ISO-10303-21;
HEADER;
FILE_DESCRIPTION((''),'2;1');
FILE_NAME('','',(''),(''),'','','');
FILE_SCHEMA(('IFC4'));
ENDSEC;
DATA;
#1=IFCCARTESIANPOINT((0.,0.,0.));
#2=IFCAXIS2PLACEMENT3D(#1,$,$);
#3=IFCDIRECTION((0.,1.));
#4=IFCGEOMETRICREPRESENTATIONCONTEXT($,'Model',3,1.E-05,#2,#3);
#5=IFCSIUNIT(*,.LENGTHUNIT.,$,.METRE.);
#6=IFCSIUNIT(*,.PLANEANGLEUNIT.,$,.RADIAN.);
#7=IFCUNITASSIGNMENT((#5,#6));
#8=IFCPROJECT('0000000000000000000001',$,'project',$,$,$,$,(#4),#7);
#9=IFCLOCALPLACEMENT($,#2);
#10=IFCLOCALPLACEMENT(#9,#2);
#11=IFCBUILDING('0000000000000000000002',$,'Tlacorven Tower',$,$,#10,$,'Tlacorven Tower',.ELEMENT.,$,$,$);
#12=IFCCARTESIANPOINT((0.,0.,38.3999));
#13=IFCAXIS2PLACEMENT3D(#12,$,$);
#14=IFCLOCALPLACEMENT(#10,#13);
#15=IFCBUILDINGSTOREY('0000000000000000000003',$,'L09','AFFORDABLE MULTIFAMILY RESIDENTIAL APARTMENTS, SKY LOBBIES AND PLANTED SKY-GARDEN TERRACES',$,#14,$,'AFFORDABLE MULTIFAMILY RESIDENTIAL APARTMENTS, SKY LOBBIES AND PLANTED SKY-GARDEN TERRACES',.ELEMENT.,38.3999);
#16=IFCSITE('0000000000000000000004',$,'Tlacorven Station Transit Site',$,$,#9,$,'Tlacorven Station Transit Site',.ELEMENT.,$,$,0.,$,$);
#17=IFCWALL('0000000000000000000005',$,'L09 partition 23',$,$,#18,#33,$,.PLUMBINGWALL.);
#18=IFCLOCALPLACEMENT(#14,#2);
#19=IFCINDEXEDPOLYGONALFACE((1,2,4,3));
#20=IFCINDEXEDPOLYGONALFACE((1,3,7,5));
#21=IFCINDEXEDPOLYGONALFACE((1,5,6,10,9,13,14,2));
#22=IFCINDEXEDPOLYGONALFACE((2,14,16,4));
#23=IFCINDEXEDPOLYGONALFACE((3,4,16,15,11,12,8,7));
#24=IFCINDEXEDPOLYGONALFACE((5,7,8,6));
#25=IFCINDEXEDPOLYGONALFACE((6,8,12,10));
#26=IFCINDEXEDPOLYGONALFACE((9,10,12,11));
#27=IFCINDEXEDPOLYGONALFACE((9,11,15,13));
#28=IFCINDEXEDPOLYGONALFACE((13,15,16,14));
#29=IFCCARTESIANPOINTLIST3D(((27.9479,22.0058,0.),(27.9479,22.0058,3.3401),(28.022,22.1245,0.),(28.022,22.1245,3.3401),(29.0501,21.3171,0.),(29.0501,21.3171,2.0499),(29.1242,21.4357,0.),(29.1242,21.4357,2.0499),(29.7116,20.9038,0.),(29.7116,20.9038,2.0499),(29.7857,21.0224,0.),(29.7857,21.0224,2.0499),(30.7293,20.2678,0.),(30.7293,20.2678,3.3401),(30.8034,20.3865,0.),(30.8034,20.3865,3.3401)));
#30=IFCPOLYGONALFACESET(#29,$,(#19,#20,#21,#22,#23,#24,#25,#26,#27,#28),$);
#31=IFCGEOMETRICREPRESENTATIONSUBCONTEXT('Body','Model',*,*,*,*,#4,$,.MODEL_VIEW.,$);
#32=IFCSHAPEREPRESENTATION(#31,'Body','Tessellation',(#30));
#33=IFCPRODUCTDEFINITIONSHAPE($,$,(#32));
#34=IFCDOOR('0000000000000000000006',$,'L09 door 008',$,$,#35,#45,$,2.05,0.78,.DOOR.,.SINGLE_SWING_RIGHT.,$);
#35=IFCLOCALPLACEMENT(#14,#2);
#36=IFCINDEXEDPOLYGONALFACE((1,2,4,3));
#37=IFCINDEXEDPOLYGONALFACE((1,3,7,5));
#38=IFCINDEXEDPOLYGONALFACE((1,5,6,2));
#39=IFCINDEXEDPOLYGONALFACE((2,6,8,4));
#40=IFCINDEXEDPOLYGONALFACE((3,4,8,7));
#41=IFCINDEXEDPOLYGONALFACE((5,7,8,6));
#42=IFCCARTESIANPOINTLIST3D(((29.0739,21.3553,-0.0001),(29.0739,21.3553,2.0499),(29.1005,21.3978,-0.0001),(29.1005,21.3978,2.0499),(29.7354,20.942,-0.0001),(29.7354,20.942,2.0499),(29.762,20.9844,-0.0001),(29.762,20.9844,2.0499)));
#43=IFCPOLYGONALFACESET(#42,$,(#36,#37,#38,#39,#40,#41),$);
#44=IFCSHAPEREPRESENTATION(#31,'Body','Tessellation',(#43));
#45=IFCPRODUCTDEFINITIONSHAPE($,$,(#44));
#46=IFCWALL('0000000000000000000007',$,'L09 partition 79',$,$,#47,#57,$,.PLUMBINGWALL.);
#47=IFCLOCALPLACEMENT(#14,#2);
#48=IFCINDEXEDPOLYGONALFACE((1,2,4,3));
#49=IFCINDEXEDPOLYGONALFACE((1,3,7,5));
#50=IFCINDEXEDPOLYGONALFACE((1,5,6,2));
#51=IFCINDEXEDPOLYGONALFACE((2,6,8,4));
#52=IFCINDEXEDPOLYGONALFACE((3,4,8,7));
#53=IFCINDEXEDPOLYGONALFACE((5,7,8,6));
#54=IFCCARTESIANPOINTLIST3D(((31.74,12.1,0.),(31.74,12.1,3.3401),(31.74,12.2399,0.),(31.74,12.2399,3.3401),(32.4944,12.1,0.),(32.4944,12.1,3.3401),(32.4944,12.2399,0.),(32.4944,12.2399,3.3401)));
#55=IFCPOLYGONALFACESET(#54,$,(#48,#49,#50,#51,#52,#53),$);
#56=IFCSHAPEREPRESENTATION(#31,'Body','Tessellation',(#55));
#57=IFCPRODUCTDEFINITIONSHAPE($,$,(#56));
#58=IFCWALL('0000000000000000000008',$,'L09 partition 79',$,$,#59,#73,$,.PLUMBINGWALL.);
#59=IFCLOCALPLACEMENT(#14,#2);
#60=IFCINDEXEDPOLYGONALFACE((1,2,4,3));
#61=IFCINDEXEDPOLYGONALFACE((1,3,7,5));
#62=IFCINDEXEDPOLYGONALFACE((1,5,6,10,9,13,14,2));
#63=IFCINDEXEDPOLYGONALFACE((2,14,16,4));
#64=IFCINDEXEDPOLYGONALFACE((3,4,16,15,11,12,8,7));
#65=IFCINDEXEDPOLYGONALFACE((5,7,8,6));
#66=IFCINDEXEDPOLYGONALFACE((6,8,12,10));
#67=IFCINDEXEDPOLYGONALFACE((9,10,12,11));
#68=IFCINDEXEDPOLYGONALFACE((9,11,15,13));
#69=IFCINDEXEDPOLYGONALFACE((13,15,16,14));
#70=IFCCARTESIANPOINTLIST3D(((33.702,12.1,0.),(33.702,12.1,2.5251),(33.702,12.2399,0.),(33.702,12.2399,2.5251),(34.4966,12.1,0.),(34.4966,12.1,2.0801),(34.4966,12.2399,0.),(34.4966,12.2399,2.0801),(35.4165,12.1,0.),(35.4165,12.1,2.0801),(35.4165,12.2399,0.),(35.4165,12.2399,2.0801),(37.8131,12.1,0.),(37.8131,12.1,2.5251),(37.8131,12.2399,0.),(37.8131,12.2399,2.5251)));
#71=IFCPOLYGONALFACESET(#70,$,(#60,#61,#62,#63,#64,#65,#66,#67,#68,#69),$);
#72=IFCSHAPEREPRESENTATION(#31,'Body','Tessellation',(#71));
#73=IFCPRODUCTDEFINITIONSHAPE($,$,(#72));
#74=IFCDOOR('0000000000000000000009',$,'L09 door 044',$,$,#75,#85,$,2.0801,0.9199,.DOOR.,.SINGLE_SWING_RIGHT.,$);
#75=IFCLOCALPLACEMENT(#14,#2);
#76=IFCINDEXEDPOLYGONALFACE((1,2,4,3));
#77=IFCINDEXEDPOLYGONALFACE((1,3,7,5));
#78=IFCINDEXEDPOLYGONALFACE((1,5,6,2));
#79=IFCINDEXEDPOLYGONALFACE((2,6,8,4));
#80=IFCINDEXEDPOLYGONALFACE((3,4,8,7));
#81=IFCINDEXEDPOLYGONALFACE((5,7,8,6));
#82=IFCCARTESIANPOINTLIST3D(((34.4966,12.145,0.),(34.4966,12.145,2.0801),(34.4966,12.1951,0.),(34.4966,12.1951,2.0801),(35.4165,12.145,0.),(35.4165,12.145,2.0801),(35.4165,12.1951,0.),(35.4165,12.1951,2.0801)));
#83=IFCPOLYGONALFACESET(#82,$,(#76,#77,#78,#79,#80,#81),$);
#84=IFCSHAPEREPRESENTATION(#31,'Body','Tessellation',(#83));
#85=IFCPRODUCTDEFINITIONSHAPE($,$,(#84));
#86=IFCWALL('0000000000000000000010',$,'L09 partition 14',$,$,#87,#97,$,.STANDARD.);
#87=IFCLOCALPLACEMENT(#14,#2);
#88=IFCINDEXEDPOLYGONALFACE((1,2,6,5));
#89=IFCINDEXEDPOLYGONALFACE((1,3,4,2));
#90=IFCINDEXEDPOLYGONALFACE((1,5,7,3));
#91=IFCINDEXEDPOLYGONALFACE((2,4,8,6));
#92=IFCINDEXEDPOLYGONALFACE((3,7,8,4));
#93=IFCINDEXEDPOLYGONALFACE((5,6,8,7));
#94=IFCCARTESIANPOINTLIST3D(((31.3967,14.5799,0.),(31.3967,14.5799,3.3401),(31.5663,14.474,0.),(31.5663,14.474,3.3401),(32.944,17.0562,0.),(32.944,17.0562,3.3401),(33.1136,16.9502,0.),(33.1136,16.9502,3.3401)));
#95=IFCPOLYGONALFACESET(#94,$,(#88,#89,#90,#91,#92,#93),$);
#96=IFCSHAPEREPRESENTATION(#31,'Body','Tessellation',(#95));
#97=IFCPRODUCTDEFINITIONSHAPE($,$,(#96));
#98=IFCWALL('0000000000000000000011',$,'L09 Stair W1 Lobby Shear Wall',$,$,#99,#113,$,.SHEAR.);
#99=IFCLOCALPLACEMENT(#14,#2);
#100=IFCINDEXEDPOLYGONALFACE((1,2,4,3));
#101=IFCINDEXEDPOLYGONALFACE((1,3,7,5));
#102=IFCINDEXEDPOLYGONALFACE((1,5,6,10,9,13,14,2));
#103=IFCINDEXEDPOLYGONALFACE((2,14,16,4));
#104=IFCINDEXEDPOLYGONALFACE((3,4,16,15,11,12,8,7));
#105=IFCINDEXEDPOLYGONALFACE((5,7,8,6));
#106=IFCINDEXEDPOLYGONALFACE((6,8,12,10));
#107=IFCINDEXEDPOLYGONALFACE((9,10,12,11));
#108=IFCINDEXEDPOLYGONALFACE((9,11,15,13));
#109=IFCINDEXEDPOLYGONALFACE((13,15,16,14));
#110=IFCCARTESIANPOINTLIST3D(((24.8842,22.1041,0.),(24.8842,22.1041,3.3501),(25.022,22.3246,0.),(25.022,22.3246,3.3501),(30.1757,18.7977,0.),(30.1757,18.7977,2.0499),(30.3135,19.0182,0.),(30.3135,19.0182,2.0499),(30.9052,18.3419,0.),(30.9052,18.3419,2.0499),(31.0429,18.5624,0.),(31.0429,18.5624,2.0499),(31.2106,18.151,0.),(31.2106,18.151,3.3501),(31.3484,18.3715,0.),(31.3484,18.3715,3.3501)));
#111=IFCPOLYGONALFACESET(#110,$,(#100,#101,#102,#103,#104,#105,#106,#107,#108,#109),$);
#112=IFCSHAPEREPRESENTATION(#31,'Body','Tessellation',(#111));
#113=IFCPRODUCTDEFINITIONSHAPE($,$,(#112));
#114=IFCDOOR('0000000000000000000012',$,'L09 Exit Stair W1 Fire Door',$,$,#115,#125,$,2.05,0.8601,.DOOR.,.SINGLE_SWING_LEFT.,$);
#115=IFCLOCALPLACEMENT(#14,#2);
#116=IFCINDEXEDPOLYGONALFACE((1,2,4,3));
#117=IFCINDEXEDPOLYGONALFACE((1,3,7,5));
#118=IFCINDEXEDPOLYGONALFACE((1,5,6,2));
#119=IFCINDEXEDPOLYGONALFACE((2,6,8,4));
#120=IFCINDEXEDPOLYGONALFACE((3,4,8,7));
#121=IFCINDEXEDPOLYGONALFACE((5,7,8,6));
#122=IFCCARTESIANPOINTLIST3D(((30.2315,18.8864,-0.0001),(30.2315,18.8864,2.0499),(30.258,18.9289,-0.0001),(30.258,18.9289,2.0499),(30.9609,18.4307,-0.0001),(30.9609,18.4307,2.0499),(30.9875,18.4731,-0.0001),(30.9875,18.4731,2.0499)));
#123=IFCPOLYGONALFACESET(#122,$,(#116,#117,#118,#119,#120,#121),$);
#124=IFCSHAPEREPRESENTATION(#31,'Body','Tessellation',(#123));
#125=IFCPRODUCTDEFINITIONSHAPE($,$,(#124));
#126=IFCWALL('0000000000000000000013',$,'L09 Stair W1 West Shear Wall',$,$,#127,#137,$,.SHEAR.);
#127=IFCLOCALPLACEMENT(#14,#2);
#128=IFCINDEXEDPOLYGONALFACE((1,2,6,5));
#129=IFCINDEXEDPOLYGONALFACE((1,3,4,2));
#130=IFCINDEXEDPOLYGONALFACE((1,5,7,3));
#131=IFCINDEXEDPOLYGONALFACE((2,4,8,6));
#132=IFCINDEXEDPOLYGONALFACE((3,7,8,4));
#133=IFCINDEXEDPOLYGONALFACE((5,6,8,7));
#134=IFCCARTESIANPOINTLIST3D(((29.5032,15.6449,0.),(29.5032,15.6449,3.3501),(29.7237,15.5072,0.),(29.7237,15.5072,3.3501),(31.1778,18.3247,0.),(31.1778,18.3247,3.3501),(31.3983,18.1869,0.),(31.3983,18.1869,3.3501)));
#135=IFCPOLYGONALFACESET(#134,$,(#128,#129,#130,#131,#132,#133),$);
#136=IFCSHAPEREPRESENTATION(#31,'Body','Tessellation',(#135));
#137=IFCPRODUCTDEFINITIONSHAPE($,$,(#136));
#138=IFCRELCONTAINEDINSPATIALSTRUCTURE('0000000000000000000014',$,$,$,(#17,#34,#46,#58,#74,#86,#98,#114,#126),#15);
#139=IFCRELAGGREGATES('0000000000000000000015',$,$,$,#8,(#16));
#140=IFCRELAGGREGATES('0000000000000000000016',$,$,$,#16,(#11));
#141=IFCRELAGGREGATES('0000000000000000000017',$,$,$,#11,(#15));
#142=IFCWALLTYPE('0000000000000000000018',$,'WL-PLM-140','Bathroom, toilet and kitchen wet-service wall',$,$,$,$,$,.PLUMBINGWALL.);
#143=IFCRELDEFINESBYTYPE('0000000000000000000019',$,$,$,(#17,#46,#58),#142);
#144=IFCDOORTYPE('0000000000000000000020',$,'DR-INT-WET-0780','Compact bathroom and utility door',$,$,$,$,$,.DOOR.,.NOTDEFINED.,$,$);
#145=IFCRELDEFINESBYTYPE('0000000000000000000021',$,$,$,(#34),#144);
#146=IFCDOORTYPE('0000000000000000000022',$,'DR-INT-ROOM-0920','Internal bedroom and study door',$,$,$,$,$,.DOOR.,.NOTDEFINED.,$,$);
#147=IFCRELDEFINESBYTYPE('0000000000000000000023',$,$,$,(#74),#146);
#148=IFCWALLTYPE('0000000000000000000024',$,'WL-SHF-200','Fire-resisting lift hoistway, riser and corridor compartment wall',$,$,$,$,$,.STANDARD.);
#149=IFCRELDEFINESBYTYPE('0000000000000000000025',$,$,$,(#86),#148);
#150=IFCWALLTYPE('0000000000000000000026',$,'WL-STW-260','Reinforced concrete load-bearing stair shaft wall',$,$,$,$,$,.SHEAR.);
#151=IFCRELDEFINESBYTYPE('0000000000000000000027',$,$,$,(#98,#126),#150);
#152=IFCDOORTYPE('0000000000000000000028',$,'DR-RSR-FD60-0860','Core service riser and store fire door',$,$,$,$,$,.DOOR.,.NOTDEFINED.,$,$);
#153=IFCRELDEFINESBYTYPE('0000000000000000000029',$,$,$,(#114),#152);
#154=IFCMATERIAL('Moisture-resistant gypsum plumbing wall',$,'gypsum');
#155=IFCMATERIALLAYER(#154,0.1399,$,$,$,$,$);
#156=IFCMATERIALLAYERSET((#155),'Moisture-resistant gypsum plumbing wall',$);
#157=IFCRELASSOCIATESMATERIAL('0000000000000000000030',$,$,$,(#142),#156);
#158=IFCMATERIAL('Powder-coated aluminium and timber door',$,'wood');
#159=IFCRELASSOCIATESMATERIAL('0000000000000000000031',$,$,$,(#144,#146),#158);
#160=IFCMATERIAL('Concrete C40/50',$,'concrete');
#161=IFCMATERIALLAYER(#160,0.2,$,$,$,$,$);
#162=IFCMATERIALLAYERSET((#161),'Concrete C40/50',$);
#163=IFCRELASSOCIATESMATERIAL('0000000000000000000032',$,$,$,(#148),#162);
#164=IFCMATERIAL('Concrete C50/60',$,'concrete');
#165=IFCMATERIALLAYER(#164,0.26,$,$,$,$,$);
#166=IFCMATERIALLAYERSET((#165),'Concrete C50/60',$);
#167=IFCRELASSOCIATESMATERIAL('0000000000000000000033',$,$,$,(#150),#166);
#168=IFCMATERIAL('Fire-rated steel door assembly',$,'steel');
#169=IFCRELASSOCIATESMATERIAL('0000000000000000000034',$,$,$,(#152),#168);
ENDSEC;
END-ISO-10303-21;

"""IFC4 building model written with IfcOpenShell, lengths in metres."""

from ifc_helpers import new_model, si_unit, direction, frame, frame_2d, origin, place, context, subcontext, project, spatial, rectangle, extrude, source, transform, mapped, material, layer, layer_set, type_object, element, fill, save


model = new_model("IFC4")

# Units and contexts
model_context = context("Model", 3, precision=1e-05, world=origin(), true_north=direction((0.0, 1.0)))
body_context = subcontext(model_context, "Body", "Model", "MODEL_VIEW")
ifc_project = project(units=[si_unit("LENGTHUNIT", "METRE"), si_unit("PLANEANGLEUNIT", "RADIAN")], contexts=[model_context])

# Site, building, storey
site_placement = place(None, origin())
site = spatial("IfcSite", under=ifc_project, at=site_placement, Name="Tlacorven Station Transit Site", LongName="Tlacorven Station Transit Site", CompositionType="ELEMENT", RefElevation=0.0)
building_placement = place(site_placement, origin())
building = spatial("IfcBuilding", under=site, at=building_placement, Name="Tlacorven Tower", LongName="Tlacorven Tower", CompositionType="ELEMENT")
storey_placement = place(building_placement, frame((0.0, 0.0, 38.3999)))
storey = spatial("IfcBuildingStorey", under=building, at=storey_placement, Name="L09", Description="AFFORDABLE MULTIFAMILY RESIDENTIAL APARTMENTS, SKY LOBBIES AND PLANTED SKY-GARDEN TERRACES", LongName="AFFORDABLE MULTIFAMILY RESIDENTIAL APARTMENTS, SKY LOBBIES AND PLANTED SKY-GARDEN TERRACES", CompositionType="ELEMENT", Elevation=38.3999)

# Shared definitions
ifc_material_1 = material(Name="Fire-rated steel door assembly", Category="steel")

# Wall, opening, door
ifc_material_2 = material(Name="Moisture-resistant gypsum plumbing wall", Category="gypsum")
ifc_layer_1 = layer(ifc_material_2, 0.1399)
ifc_layer_set_1 = layer_set([ifc_layer_1], Name="Moisture-resistant gypsum plumbing wall")
wall_type_1 = type_object("IfcWallType", Name="WL-PLM-140", Description="Bathroom, toilet and kitchen wet-service wall", PredefinedType="PLUMBINGWALL", material=ifc_layer_set_1)
wall_1_placement = place(storey_placement, frame((30.7664, 20.3271, 0.0), z_axis=(0.0, 0.0, 1.0), x_axis=(-0.848053, 0.529912, 0.0)))
wall_1 = element("IfcWall", 1, at=wall_1_placement, inside=storey, type_object=wall_type_1, Name="L09 partition 23", PredefinedType="PLUMBINGWALL", context=body_context, shape_type="SweptSolid", body=[
    extrude(rectangle(XDim=3.2798, YDim=0.1399, at=frame_2d((1.6399, 0.0))), origin(), (0.0, 0.0, 1.0), 3.3401),
])
opening_1_placement = place(wall_1_placement, frame((1.2, 0.0, 0.0)))
opening_1 = element("IfcOpeningElement", 2, at=opening_1_placement, cuts=wall_1, PredefinedType="OPENING", context=body_context, shape_type="SweptSolid", body=[
    extrude(rectangle(XDim=0.78, YDim=2.05, at=frame_2d((0.3901, 1.0249))), frame((0.0, 0.0801, 0.0), z_axis=(0.0, -1.0, 0.0), x_axis=(1.0, 0.0, 0.0)), (0.0, 0.0, 1.0), 0.1599),
])
ifc_material_3 = material(Name="Powder-coated aluminium and timber door", Category="wood")
door_type_1 = type_object("IfcDoorType", Name="DR-INT-WET-0780", Description="Compact bathroom and utility door", OperationType="NOTDEFINED", PredefinedType="DOOR", material=ifc_material_3)
shared_shape_1 = source(origin(), body_context, "Body", "SweptSolid", [
    extrude(rectangle(XDim=0.78, YDim=2.05, at=frame_2d((0.3901, 1.0249))), frame((0.0, 0.0249, 0.0), z_axis=(0.0, -1.0, 0.0), x_axis=(1.0, 0.0, 0.0)), (0.0, 0.0, 1.0), 0.05),
])
door_1_placement = place(opening_1_placement, origin())
door_1 = element("IfcDoor", 3, at=door_1_placement, inside=storey, type_object=door_type_1, Name="L09 door 008", OperationType="SINGLE_SWING_RIGHT", OverallHeight=2.05, OverallWidth=0.78, PredefinedType="DOOR", context=body_context, shape_type="MappedRepresentation", body=[
    mapped(shared_shape_1, transform((0.0, 0.0, 0.0), scale=1.0)),
])
fill(opening_1, door_1)

# Wall
wall_2_placement = place(storey_placement, frame((31.74, 12.1699, 0.0), z_axis=(0.0, 0.0, 1.0), x_axis=(1.0, 0.0, 0.0)))
element("IfcWall", 4, at=wall_2_placement, inside=storey, type_object=wall_type_1, Name="L09 partition 79", PredefinedType="PLUMBINGWALL", context=body_context, shape_type="SweptSolid", body=[
    extrude(rectangle(XDim=0.7544, YDim=0.1399, at=frame_2d((0.3772, 0.0))), origin(), (0.0, 0.0, 1.0), 3.3401),
])

# Wall, opening, door
wall_3_placement = place(storey_placement, frame((33.7019, 12.1699, 0.0), z_axis=(0.0, 0.0, 1.0), x_axis=(1.0, 0.0, 0.0)))
wall_3 = element("IfcWall", 5, at=wall_3_placement, inside=storey, type_object=wall_type_1, Name="L09 partition 79", PredefinedType="PLUMBINGWALL", context=body_context, shape_type="SweptSolid", body=[
    extrude(rectangle(XDim=4.1111, YDim=0.1399, at=frame_2d((2.0557, 0.0))), origin(), (0.0, 0.0, 1.0), 2.5251),
])
opening_2_placement = place(wall_3_placement, frame((0.7947, 0.0, 0.0)))
opening_2 = element("IfcOpeningElement", 6, at=opening_2_placement, cuts=wall_3, PredefinedType="OPENING", context=body_context, shape_type="SweptSolid", body=[
    extrude(rectangle(XDim=0.9199, YDim=2.0801, at=frame_2d((0.46, 1.04))), frame((0.0, 0.0801, 0.0), z_axis=(0.0, -1.0, 0.0), x_axis=(1.0, 0.0, 0.0)), (0.0, 0.0, 1.0), 0.1599),
])
door_type_2 = type_object("IfcDoorType", Name="DR-INT-ROOM-0920", Description="Internal bedroom and study door", OperationType="NOTDEFINED", PredefinedType="DOOR", material=ifc_material_3)
shared_shape_2 = source(origin(), body_context, "Body", "SweptSolid", [
    extrude(rectangle(XDim=0.9199, YDim=2.0801, at=frame_2d((0.46, 1.04))), frame((0.0, 0.0249, 0.0), z_axis=(0.0, -1.0, 0.0), x_axis=(1.0, 0.0, 0.0)), (0.0, 0.0, 1.0), 0.05),
])
door_2_placement = place(opening_2_placement, frame((0.9199, 0.0, 0.0), z_axis=(0.0, 0.0, 1.0), x_axis=(-1.0, 0.0, 0.0)))
door_2 = element("IfcDoor", 7, at=door_2_placement, inside=storey, type_object=door_type_2, Name="L09 door 044", OperationType="SINGLE_SWING_RIGHT", OverallHeight=2.0801, OverallWidth=0.9199, PredefinedType="DOOR", context=body_context, shape_type="MappedRepresentation", body=[
    mapped(shared_shape_2, transform((0.0, 0.0, 0.0), scale=1.0)),
])
fill(opening_2, door_2)

# Wall
ifc_material_4 = material(Name="Concrete C40/50", Category="concrete")
ifc_layer_2 = layer(ifc_material_4, 0.2)
ifc_layer_set_2 = layer_set([ifc_layer_2], Name="Concrete C40/50")
wall_type_2 = type_object("IfcWallType", Name="WL-SHF-200", Description="Fire-resisting lift hoistway, riser and corridor compartment wall", PredefinedType="STANDARD", material=ifc_layer_set_2)
wall_4_placement = place(storey_placement, frame((33.0288, 17.0032, 0.0), z_axis=(0.0, 0.0, 1.0), x_axis=(-0.529916, -0.84805, 0.0)))
element("IfcWall", 8, at=wall_4_placement, inside=storey, type_object=wall_type_2, Name="L09 partition 14", PredefinedType="STANDARD", context=body_context, shape_type="SweptSolid", body=[
    extrude(rectangle(XDim=2.9199, YDim=0.2, at=frame_2d((1.46, 0.0))), origin(), (0.0, 0.0, 1.0), 3.3401),
])

# Wall, opening, door
ifc_material_5 = material(Name="Concrete C50/60", Category="concrete")
ifc_layer_3 = layer(ifc_material_5, 0.26)
ifc_layer_set_3 = layer_set([ifc_layer_3], Name="Concrete C50/60")
wall_type_3 = type_object("IfcWallType", Name="WL-STW-260", Description="Reinforced concrete load-bearing stair shaft wall", PredefinedType="SHEAR", material=ifc_layer_set_3)
wall_5_placement = place(storey_placement, frame((31.2795, 18.2612, 0.0), z_axis=(0.0, 0.0, 1.0), x_axis=(-0.848052, 0.529914, 0.0)))
wall_5 = element("IfcWall", 9, at=wall_5_placement, inside=storey, type_object=wall_type_3, Name="L09 Stair W1 Lobby Shear Wall", PredefinedType="SHEAR", context=body_context, shape_type="SweptSolid", body=[
    extrude(rectangle(XDim=7.46, YDim=0.26, at=frame_2d((3.73, 0.0))), origin(), (0.0, 0.0, 1.0), 3.3501),
])
opening_3_placement = place(wall_5_placement, frame((0.3601, 0.0, 0.0)))
opening_3 = element("IfcOpeningElement", 10, at=opening_3_placement, cuts=wall_5, PredefinedType="OPENING", context=body_context, shape_type="SweptSolid", body=[
    extrude(rectangle(XDim=0.8601, YDim=2.05, at=frame_2d((0.4302, 1.0249))), frame((0.0, 0.1401, 0.0), z_axis=(0.0, -1.0, 0.0), x_axis=(1.0, 0.0, 0.0)), (0.0, 0.0, 1.0), 0.28),
])
door_type_3 = type_object("IfcDoorType", Name="DR-RSR-FD60-0860", Description="Core service riser and store fire door", OperationType="NOTDEFINED", PredefinedType="DOOR", material=ifc_material_1)
shared_shape_3 = source(origin(), body_context, "Body", "SweptSolid", [
    extrude(rectangle(XDim=0.8601, YDim=2.05, at=frame_2d((0.4302, 1.0249))), frame((0.0, 0.0249, 0.0), z_axis=(0.0, -1.0, 0.0), x_axis=(1.0, 0.0, 0.0)), (0.0, 0.0, 1.0), 0.05),
])
door_3_placement = place(opening_3_placement, frame((0.8601, 0.0, 0.0), z_axis=(0.0, 0.0, 1.0), x_axis=(-1.0, 0.0, 0.0)))
door_3 = element("IfcDoor", 11, at=door_3_placement, inside=storey, type_object=door_type_3, Name="L09 Exit Stair W1 Fire Door", OperationType="SINGLE_SWING_LEFT", OverallHeight=2.05, OverallWidth=0.8601, PredefinedType="DOOR", context=body_context, shape_type="MappedRepresentation", body=[
    mapped(shared_shape_3, transform((0.0, 0.0, 0.0), scale=1.0)),
])
fill(opening_3, door_3)

# Wall
wall_6_placement = place(storey_placement, frame((31.2881, 18.2559, 0.0), z_axis=(0.0, 0.0, 1.0), x_axis=(-0.529943, -0.848033, 0.0)))
element("IfcWall", 12, at=wall_6_placement, inside=storey, type_object=wall_type_3, Name="L09 Stair W1 West Shear Wall", PredefinedType="SHEAR", context=body_context, shape_type="SweptSolid", body=[
    extrude(rectangle(XDim=3.1599, YDim=0.26, at=frame_2d((1.5801, 0.0))), origin(), (0.0, 0.0, 1.0), 3.3501),
])

save(model, "model.ifc")
